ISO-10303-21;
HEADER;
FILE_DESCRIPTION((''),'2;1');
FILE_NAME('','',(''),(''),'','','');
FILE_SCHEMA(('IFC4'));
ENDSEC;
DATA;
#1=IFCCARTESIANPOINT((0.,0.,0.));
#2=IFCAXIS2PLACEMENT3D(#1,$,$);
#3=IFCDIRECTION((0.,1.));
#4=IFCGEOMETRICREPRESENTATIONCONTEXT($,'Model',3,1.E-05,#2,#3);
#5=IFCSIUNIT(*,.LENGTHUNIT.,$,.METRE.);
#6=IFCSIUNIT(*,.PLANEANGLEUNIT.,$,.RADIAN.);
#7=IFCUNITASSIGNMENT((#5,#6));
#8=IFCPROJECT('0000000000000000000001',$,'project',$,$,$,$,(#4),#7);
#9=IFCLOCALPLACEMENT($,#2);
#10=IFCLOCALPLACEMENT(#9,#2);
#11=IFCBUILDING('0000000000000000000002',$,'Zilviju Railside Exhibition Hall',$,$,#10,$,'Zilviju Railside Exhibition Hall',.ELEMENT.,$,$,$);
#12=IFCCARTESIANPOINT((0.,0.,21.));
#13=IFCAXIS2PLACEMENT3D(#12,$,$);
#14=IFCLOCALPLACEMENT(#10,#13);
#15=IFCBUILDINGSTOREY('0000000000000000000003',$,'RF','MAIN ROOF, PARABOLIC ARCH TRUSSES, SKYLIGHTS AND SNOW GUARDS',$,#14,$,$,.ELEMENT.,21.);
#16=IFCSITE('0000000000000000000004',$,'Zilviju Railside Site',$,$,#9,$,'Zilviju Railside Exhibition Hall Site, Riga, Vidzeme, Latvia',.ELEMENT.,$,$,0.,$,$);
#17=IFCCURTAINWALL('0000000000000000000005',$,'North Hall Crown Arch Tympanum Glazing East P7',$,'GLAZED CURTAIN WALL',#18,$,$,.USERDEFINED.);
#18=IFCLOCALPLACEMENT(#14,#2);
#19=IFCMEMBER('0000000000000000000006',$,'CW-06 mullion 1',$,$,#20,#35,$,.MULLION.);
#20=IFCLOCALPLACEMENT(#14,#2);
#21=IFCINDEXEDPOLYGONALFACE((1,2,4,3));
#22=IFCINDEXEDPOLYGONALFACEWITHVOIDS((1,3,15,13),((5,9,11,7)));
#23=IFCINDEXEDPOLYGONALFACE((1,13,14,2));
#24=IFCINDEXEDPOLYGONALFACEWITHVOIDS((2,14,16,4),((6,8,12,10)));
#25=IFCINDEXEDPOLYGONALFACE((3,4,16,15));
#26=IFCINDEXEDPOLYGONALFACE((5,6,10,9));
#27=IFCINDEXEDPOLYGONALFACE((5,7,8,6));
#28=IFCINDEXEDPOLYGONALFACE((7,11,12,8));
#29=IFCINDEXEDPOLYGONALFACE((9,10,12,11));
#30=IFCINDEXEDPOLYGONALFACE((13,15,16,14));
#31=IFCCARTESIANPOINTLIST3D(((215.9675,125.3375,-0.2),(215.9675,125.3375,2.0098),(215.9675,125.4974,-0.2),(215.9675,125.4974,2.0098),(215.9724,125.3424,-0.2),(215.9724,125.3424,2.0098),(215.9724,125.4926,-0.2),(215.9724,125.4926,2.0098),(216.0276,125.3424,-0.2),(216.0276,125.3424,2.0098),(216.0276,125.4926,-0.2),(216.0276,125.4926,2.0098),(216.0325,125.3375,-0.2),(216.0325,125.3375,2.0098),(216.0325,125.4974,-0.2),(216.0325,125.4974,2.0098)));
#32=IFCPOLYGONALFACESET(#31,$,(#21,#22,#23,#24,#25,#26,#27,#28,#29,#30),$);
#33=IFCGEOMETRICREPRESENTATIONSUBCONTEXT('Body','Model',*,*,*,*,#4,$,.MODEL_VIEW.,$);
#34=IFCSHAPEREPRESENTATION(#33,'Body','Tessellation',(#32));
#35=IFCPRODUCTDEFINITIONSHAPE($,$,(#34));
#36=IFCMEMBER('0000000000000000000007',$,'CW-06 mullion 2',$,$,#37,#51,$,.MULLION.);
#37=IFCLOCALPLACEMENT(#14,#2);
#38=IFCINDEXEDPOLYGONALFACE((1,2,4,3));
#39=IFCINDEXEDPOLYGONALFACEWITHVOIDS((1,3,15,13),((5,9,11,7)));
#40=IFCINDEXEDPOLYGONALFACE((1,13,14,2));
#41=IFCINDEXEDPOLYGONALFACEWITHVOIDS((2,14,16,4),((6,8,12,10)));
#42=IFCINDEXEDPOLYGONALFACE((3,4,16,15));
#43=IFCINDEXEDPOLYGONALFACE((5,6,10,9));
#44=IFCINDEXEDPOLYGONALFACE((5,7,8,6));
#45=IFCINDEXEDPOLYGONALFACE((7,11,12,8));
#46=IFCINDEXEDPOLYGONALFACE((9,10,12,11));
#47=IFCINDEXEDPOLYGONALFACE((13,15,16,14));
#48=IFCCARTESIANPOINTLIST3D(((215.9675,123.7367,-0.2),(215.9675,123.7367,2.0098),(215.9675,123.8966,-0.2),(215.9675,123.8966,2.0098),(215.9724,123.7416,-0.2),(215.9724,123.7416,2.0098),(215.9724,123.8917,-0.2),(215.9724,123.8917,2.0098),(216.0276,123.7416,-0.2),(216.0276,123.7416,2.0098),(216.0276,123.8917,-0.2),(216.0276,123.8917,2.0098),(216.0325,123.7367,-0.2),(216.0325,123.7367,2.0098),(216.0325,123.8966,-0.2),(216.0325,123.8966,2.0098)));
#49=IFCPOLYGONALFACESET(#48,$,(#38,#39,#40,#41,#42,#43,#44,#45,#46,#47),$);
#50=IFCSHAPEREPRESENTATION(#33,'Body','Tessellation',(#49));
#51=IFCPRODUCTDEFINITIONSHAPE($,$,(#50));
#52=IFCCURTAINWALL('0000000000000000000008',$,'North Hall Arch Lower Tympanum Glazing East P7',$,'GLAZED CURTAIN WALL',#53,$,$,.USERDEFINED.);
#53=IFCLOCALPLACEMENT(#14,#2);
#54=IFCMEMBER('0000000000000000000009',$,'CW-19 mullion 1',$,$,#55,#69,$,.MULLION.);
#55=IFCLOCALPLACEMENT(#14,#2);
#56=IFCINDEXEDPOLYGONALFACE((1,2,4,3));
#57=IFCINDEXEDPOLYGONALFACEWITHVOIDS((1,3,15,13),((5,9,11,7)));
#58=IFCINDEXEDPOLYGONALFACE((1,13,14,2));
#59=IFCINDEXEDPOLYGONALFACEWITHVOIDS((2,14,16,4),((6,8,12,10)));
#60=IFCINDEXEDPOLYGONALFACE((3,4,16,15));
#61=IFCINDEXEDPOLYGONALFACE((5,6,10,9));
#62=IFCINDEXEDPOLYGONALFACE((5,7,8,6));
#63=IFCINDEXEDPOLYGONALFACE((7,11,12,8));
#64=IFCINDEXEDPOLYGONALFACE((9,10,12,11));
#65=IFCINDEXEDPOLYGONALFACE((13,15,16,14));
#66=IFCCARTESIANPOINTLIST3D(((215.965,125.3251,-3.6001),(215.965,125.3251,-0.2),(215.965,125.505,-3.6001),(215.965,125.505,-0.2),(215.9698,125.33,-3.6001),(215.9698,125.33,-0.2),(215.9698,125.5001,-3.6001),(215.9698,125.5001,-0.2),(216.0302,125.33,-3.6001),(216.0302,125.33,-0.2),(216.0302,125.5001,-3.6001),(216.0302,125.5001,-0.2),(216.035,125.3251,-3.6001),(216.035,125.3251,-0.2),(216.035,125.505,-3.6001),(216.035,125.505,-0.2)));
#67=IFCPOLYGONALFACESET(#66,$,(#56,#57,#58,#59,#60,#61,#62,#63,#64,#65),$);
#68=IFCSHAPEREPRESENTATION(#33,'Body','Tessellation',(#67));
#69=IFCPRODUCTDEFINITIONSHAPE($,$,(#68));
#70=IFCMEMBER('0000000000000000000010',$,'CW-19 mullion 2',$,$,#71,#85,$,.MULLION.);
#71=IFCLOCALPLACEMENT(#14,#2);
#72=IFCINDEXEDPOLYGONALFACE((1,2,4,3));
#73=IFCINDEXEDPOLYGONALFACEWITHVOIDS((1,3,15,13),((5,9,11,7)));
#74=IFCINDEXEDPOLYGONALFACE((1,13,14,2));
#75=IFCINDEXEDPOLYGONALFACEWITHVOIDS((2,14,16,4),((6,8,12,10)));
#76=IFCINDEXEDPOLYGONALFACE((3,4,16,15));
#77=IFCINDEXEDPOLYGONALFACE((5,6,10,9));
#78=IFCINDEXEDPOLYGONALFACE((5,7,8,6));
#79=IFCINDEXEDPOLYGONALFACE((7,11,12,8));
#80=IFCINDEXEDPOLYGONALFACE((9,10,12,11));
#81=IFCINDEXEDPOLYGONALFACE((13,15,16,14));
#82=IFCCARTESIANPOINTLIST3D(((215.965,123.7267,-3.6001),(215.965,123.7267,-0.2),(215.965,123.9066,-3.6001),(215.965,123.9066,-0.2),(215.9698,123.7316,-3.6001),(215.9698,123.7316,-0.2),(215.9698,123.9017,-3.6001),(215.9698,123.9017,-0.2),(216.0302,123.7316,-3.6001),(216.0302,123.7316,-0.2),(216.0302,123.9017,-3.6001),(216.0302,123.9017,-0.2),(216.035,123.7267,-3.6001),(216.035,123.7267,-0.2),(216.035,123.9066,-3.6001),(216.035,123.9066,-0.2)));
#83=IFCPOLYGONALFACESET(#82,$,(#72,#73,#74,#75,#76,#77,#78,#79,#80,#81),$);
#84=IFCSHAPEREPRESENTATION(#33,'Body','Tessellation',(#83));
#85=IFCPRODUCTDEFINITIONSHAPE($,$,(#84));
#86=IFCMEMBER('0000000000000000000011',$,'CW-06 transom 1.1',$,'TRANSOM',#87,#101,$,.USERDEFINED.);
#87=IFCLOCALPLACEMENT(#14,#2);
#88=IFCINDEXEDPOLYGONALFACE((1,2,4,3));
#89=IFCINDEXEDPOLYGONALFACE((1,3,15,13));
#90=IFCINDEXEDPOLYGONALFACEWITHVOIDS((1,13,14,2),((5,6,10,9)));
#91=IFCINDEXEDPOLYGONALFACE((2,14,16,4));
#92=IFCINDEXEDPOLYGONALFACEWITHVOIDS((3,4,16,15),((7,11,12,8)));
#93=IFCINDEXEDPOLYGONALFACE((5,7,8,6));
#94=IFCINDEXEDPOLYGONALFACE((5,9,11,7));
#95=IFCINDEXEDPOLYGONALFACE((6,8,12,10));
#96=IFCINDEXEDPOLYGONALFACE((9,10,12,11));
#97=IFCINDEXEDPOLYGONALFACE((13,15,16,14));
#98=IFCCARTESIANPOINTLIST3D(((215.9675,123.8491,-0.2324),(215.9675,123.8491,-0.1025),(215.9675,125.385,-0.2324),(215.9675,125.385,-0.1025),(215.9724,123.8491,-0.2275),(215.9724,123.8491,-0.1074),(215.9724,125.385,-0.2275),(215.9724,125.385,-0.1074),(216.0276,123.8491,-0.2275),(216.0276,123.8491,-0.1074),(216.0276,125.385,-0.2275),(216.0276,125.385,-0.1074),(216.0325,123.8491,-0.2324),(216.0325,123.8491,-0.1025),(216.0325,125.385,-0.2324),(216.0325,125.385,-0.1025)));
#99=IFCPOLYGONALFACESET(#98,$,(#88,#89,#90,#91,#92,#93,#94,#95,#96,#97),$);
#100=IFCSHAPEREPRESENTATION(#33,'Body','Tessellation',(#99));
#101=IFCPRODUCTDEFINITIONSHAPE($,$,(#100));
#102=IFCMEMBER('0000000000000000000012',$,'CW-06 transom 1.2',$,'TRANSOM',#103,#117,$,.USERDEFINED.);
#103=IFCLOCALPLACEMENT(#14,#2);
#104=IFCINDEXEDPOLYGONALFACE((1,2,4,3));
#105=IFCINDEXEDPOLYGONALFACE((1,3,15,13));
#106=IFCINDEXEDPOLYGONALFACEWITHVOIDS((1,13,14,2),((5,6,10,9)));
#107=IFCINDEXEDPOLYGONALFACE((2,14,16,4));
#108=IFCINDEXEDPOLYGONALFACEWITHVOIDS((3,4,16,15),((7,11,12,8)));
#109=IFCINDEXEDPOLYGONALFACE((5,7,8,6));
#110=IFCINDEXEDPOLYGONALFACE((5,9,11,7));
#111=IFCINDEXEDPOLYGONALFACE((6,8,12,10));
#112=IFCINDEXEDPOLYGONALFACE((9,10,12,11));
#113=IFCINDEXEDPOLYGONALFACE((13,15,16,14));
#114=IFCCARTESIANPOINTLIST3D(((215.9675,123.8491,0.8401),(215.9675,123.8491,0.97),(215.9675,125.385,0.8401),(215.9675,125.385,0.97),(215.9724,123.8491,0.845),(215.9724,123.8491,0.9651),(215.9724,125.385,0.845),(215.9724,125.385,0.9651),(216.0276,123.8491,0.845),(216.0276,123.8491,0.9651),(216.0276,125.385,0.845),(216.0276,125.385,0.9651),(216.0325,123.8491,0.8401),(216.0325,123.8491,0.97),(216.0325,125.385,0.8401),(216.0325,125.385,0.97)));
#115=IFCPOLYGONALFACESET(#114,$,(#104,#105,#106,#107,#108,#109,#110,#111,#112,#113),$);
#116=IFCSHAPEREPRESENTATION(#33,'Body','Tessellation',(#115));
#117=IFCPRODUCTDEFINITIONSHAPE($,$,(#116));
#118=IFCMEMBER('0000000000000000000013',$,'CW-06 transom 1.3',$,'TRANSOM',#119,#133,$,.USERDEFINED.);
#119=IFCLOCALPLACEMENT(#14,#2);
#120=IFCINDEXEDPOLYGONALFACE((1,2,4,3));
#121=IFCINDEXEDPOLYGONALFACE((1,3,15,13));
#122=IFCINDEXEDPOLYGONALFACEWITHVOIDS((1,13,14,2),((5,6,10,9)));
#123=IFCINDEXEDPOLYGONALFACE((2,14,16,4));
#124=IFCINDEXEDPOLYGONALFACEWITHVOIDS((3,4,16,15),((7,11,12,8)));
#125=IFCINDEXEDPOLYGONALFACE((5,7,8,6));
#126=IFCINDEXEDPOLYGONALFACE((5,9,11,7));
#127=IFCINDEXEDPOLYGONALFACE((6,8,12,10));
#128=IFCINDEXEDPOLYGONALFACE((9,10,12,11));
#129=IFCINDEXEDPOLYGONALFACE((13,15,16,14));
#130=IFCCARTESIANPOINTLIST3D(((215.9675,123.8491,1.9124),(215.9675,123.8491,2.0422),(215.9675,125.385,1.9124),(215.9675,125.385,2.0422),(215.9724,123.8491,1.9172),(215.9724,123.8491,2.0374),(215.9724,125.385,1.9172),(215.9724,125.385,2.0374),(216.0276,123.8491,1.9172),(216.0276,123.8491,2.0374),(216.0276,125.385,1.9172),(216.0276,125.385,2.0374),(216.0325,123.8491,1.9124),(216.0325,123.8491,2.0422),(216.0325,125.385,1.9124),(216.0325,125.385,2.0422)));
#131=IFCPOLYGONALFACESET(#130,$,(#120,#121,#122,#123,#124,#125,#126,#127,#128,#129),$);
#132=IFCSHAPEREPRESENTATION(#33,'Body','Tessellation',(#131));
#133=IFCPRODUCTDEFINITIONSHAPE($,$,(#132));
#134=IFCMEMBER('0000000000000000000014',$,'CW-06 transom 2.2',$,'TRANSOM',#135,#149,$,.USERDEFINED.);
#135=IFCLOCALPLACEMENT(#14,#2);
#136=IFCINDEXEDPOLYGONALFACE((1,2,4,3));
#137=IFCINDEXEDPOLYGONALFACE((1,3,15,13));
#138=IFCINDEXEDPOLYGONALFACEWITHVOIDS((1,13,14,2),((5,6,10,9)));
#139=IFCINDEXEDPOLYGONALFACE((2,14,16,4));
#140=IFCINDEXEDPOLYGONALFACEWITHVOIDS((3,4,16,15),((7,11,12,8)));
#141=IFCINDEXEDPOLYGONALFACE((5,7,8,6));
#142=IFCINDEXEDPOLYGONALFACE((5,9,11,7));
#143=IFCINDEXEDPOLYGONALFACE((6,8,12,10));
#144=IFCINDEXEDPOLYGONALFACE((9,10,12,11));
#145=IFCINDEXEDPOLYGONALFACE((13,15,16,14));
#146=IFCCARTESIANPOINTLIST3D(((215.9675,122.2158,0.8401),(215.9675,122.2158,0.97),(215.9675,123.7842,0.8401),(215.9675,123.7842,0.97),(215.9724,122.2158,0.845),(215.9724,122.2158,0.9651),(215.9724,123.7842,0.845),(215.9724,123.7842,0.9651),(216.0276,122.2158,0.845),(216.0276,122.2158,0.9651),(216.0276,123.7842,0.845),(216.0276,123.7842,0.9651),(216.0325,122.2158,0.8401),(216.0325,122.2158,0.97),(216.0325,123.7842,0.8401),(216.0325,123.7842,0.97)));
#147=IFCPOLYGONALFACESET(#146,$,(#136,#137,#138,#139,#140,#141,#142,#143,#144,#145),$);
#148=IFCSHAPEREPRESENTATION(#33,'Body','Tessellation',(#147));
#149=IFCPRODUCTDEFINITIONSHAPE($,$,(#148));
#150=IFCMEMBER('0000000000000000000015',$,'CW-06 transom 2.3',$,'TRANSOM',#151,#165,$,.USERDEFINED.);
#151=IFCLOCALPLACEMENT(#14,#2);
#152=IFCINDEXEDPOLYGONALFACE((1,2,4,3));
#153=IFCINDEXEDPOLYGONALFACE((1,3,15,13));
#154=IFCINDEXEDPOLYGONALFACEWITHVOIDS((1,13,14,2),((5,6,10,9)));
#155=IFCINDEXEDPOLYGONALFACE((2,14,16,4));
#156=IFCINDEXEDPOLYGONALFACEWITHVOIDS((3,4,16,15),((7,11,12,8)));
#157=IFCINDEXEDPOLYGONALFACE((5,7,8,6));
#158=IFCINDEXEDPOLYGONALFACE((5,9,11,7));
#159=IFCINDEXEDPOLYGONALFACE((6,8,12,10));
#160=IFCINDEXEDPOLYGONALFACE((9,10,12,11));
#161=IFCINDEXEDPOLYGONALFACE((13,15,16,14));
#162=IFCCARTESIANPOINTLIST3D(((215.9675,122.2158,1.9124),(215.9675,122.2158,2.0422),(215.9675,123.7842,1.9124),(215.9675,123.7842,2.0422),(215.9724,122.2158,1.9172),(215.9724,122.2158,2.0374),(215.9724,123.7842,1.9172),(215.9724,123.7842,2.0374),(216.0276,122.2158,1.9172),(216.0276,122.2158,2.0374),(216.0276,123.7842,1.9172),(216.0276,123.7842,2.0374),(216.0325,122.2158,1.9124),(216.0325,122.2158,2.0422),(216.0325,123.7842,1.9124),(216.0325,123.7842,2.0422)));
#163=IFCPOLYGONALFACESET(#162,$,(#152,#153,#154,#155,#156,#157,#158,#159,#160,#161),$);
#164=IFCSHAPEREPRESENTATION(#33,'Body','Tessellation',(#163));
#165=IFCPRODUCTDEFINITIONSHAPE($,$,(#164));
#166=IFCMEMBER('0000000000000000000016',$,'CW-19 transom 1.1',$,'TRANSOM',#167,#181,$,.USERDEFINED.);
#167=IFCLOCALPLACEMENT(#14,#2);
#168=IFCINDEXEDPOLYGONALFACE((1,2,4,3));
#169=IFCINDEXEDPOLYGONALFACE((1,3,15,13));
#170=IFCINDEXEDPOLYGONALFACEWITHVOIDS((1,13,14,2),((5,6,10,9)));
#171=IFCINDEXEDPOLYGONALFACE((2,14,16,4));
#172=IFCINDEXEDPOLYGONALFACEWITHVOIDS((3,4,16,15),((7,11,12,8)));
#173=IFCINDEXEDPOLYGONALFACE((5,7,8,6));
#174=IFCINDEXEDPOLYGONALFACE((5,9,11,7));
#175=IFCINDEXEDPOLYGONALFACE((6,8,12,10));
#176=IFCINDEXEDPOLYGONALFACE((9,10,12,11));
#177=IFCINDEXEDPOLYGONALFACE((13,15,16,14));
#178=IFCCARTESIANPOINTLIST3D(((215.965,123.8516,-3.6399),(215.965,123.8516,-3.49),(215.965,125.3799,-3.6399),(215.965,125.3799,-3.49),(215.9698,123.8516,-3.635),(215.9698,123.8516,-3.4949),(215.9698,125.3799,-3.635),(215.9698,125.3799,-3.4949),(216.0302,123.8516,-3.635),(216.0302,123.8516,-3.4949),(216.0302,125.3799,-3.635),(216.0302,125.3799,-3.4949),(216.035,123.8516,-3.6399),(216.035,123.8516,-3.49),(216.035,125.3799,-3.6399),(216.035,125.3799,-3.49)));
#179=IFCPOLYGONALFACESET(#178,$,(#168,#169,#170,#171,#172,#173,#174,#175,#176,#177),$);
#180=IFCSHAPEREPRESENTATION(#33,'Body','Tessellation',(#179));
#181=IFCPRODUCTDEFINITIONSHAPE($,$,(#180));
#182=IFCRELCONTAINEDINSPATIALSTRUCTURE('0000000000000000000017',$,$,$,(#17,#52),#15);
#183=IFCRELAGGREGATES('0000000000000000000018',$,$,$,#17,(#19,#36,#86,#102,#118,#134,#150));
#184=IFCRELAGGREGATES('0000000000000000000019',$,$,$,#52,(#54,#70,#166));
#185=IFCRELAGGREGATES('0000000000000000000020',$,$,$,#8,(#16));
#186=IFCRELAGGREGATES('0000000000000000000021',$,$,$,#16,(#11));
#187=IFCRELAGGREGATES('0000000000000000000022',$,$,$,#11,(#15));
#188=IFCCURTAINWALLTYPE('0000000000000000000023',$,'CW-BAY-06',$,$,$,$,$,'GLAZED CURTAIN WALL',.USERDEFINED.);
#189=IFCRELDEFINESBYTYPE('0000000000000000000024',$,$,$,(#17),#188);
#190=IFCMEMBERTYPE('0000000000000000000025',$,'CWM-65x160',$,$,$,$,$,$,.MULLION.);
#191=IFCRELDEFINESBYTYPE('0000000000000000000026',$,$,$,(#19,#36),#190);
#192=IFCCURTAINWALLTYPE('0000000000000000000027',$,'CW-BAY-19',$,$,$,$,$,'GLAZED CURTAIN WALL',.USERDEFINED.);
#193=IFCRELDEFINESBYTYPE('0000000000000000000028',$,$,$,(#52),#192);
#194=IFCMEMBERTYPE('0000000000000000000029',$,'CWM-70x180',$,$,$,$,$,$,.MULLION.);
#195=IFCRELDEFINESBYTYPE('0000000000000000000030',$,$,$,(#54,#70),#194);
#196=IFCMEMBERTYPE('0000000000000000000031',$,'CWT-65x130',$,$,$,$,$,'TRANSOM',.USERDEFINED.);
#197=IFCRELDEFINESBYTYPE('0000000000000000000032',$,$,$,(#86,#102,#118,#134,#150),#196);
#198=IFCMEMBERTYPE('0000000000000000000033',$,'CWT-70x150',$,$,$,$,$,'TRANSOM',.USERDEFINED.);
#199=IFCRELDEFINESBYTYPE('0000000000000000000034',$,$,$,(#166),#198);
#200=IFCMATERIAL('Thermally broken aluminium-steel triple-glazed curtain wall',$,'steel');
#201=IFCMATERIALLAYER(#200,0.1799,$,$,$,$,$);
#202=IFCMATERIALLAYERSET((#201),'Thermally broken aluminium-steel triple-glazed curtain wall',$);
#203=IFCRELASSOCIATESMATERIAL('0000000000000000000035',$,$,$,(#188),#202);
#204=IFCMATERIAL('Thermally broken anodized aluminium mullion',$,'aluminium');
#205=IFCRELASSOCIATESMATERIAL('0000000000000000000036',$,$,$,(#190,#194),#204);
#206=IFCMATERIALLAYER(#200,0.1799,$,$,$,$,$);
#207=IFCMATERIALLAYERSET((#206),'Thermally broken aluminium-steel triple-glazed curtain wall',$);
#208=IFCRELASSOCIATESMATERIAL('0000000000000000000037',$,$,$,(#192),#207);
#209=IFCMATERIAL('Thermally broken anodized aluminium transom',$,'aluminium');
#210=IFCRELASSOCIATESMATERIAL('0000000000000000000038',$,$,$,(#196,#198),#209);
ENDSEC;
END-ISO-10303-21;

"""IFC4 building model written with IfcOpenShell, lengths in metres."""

from ifc_helpers import new_model, si_unit, direction, frame, origin, origin_2d, place, context, subcontext, project, spatial, hollow_rectangle, extrude, material, layer, layer_set, material_profile, profile_set, type_object, element, aggregate, save


model = new_model("IFC4")

# Units and contexts
model_context = context("Model", 3, precision=1e-05, world=origin(), true_north=direction((0.0, 1.0)))
body_context = subcontext(model_context, "Body", "Model", "MODEL_VIEW")
ifc_project = project(units=[si_unit("LENGTHUNIT", "METRE"), si_unit("PLANEANGLEUNIT", "RADIAN")], contexts=[model_context])

# Site, building, storey
site_placement = place(None, origin())
site = spatial("IfcSite", under=ifc_project, at=site_placement, Name="Zilviju Railside Site", LongName="Zilviju Railside Exhibition Hall Site, Riga, Vidzeme, Latvia", CompositionType="ELEMENT", RefElevation=0.0)
building_placement = place(site_placement, origin())
building = spatial("IfcBuilding", under=site, at=building_placement, Name="Zilviju Railside Exhibition Hall", LongName="Zilviju Railside Exhibition Hall", CompositionType="ELEMENT")
storey_placement = place(building_placement, frame((0.0, 0.0, 21.0)))
storey = spatial("IfcBuildingStorey", under=building, at=storey_placement, Name="RF", Description="MAIN ROOF, PARABOLIC ARCH TRUSSES, SKYLIGHTS AND SNOW GUARDS", CompositionType="ELEMENT", Elevation=21.0)

# Curtain walls, members
ifc_material_1 = material(Name="Thermally broken aluminium-steel triple-glazed curtain wall", Category="steel")
ifc_layer_1 = layer(ifc_material_1, 0.1799)
ifc_layer_set_1 = layer_set([ifc_layer_1], Name="Thermally broken aluminium-steel triple-glazed curtain wall")
curtain_wall_type_1 = type_object("IfcCurtainWallType", Name="CW-BAY-06", ElementType="GLAZED CURTAIN WALL", PredefinedType="USERDEFINED", material=ifc_layer_set_1)
curtain_wall_1_placement = place(storey_placement, origin())
curtain_wall_1 = element("IfcCurtainWall", 1, at=curtain_wall_1_placement, inside=storey, type_object=curtain_wall_type_1, Name="North Hall Crown Arch Tympanum Glazing East P7", ObjectType="GLAZED CURTAIN WALL", PredefinedType="USERDEFINED")
ifc_material_2 = material(Name="Thermally broken anodized aluminium mullion", Category="aluminium")
ifc_material_profile_1 = material_profile(ifc_material_2, hollow_rectangle(XDim=0.0649, YDim=0.1599, WallThickness=0.0049, at=origin_2d()), Name="MULLION 160x65x5")
ifc_profile_set_1 = profile_set([ifc_material_profile_1], Name="Thermally broken anodized aluminium mullion")
member_type_1 = type_object("IfcMemberType", Name="CWM-65x160", PredefinedType="MULLION", material=ifc_profile_set_1)
member_1_placement = place(storey_placement, frame((216.0, 125.4175, -0.2), z_axis=(0.0, 0.0, 1.0), x_axis=(1.0, 0.0, 0.0)))
member_1 = element("IfcMember", 2, at=member_1_placement, type_object=member_type_1, Name="CW-06 mullion 1", PredefinedType="MULLION", context=body_context, shape_type="SweptSolid", body=[
    extrude(hollow_rectangle(XDim=0.0649, YDim=0.1599, WallThickness=0.0049, at=origin_2d()), origin(), (0.0, 0.0, 1.0), 2.2097),
])
member_2_placement = place(storey_placement, frame((216.0, 123.8167, -0.2), z_axis=(0.0, 0.0, 1.0), x_axis=(1.0, 0.0, 0.0)))
member_2 = element("IfcMember", 3, at=member_2_placement, type_object=member_type_1, Name="CW-06 mullion 2", PredefinedType="MULLION", context=body_context, shape_type="SweptSolid", body=[
    extrude(hollow_rectangle(XDim=0.0649, YDim=0.1599, WallThickness=0.0049, at=origin_2d()), origin(), (0.0, 0.0, 1.0), 2.2097),
])
ifc_layer_2 = layer(ifc_material_1, 0.1799)
ifc_layer_set_2 = layer_set([ifc_layer_2], Name="Thermally broken aluminium-steel triple-glazed curtain wall")
curtain_wall_type_2 = type_object("IfcCurtainWallType", Name="CW-BAY-19", ElementType="GLAZED CURTAIN WALL", PredefinedType="USERDEFINED", material=ifc_layer_set_2)
curtain_wall_2_placement = place(storey_placement, origin())
curtain_wall_2 = element("IfcCurtainWall", 4, at=curtain_wall_2_placement, inside=storey, type_object=curtain_wall_type_2, Name="North Hall Arch Lower Tympanum Glazing East P7", ObjectType="GLAZED CURTAIN WALL", PredefinedType="USERDEFINED")
ifc_material_profile_2 = material_profile(ifc_material_2, hollow_rectangle(XDim=0.0701, YDim=0.1799, WallThickness=0.0049, at=origin_2d()), Name="MULLION 180x70x5")
ifc_profile_set_2 = profile_set([ifc_material_profile_2], Name="Thermally broken anodized aluminium mullion")
member_type_2 = type_object("IfcMemberType", Name="CWM-70x180", PredefinedType="MULLION", material=ifc_profile_set_2)
member_3_placement = place(storey_placement, frame((216.0, 125.415, -3.6001), z_axis=(0.0, 0.0, 1.0), x_axis=(1.0, 0.0, 0.0)))
member_3 = element("IfcMember", 5, at=member_3_placement, type_object=member_type_2, Name="CW-19 mullion 1", PredefinedType="MULLION", context=body_context, shape_type="SweptSolid", body=[
    extrude(hollow_rectangle(XDim=0.0701, YDim=0.1799, WallThickness=0.0049, at=origin_2d()), origin(), (0.0, 0.0, 1.0), 3.4001),
])
member_4_placement = place(storey_placement, frame((216.0, 123.8167, -3.6001), z_axis=(0.0, 0.0, 1.0), x_axis=(1.0, 0.0, 0.0)))
member_4 = element("IfcMember", 6, at=member_4_placement, type_object=member_type_2, Name="CW-19 mullion 2", PredefinedType="MULLION", context=body_context, shape_type="SweptSolid", body=[
    extrude(hollow_rectangle(XDim=0.0701, YDim=0.1799, WallThickness=0.0049, at=origin_2d()), origin(), (0.0, 0.0, 1.0), 3.4001),
])

# Members
ifc_material_3 = material(Name="Thermally broken anodized aluminium transom", Category="aluminium")
ifc_material_profile_3 = material_profile(ifc_material_3, hollow_rectangle(XDim=0.0649, YDim=0.1299, WallThickness=0.0049, at=origin_2d()), Name="TRANSOM 130x65x5")
ifc_profile_set_3 = profile_set([ifc_material_profile_3], Name="Thermally broken anodized aluminium transom")
member_type_3 = type_object("IfcMemberType", Name="CWT-65x130", ElementType="TRANSOM", PredefinedType="USERDEFINED", material=ifc_profile_set_3)
member_5_placement = place(storey_placement, frame((216.0, 125.385, -0.1675), z_axis=(0.0, -1.0, 0.0), x_axis=(1.0, 0.0, 0.0)))
member_5 = element("IfcMember", 7, at=member_5_placement, type_object=member_type_3, Name="CW-06 transom 1.1", ObjectType="TRANSOM", PredefinedType="USERDEFINED", context=body_context, shape_type="SweptSolid", body=[
    extrude(hollow_rectangle(XDim=0.0649, YDim=0.1299, WallThickness=0.0049, at=origin_2d()), origin(), (0.0, 0.0, 1.0), 1.5359),
])
member_6_placement = place(storey_placement, frame((216.0, 125.385, 0.905), z_axis=(0.0, -1.0, 0.0), x_axis=(1.0, 0.0, 0.0)))
member_6 = element("IfcMember", 8, at=member_6_placement, type_object=member_type_3, Name="CW-06 transom 1.2", ObjectType="TRANSOM", PredefinedType="USERDEFINED", context=body_context, shape_type="SweptSolid", body=[
    extrude(hollow_rectangle(XDim=0.0649, YDim=0.1299, WallThickness=0.0049, at=origin_2d()), origin(), (0.0, 0.0, 1.0), 1.5359),
])
member_7_placement = place(storey_placement, frame((216.0, 125.385, 1.9773), z_axis=(0.0, -1.0, 0.0), x_axis=(1.0, 0.0, 0.0)))
member_7 = element("IfcMember", 9, at=member_7_placement, type_object=member_type_3, Name="CW-06 transom 1.3", ObjectType="TRANSOM", PredefinedType="USERDEFINED", context=body_context, shape_type="SweptSolid", body=[
    extrude(hollow_rectangle(XDim=0.0649, YDim=0.1299, WallThickness=0.0049, at=origin_2d()), origin(), (0.0, 0.0, 1.0), 1.5359),
])
member_8_placement = place(storey_placement, frame((216.0, 123.7842, 0.905), z_axis=(0.0, -1.0, 0.0), x_axis=(1.0, 0.0, 0.0)))
member_8 = element("IfcMember", 10, at=member_8_placement, type_object=member_type_3, Name="CW-06 transom 2.2", ObjectType="TRANSOM", PredefinedType="USERDEFINED", context=body_context, shape_type="SweptSolid", body=[
    extrude(hollow_rectangle(XDim=0.0649, YDim=0.1299, WallThickness=0.0049, at=origin_2d()), origin(), (0.0, 0.0, 1.0), 1.5684),
])
member_9_placement = place(storey_placement, frame((216.0, 123.7842, 1.9773), z_axis=(0.0, -1.0, 0.0), x_axis=(1.0, 0.0, 0.0)))
member_9 = element("IfcMember", 11, at=member_9_placement, type_object=member_type_3, Name="CW-06 transom 2.3", ObjectType="TRANSOM", PredefinedType="USERDEFINED", context=body_context, shape_type="SweptSolid", body=[
    extrude(hollow_rectangle(XDim=0.0649, YDim=0.1299, WallThickness=0.0049, at=origin_2d()), origin(), (0.0, 0.0, 1.0), 1.5684),
])
ifc_material_profile_4 = material_profile(ifc_material_3, hollow_rectangle(XDim=0.0701, YDim=0.1499, WallThickness=0.0049, at=origin_2d()), Name="TRANSOM 150x70x5")
ifc_profile_set_4 = profile_set([ifc_material_profile_4], Name="Thermally broken anodized aluminium transom")
member_type_4 = type_object("IfcMemberType", Name="CWT-70x150", ElementType="TRANSOM", PredefinedType="USERDEFINED", material=ifc_profile_set_4)
member_10_placement = place(storey_placement, frame((216.0, 125.3799, -3.5649), z_axis=(0.0, -1.0, 0.0), x_axis=(1.0, 0.0, 0.0)))
member_10 = element("IfcMember", 12, at=member_10_placement, type_object=member_type_4, Name="CW-19 transom 1.1", ObjectType="TRANSOM", PredefinedType="USERDEFINED", context=body_context, shape_type="SweptSolid", body=[
    extrude(hollow_rectangle(XDim=0.0701, YDim=0.1499, WallThickness=0.0049, at=origin_2d()), origin(), (0.0, 0.0, 1.0), 1.5283),
])

aggregate(curtain_wall_1, [member_1, member_2, member_5, member_6, member_7, member_8, member_9])
aggregate(curtain_wall_2, [member_3, member_4, member_10])

save(model, "model.ifc")
